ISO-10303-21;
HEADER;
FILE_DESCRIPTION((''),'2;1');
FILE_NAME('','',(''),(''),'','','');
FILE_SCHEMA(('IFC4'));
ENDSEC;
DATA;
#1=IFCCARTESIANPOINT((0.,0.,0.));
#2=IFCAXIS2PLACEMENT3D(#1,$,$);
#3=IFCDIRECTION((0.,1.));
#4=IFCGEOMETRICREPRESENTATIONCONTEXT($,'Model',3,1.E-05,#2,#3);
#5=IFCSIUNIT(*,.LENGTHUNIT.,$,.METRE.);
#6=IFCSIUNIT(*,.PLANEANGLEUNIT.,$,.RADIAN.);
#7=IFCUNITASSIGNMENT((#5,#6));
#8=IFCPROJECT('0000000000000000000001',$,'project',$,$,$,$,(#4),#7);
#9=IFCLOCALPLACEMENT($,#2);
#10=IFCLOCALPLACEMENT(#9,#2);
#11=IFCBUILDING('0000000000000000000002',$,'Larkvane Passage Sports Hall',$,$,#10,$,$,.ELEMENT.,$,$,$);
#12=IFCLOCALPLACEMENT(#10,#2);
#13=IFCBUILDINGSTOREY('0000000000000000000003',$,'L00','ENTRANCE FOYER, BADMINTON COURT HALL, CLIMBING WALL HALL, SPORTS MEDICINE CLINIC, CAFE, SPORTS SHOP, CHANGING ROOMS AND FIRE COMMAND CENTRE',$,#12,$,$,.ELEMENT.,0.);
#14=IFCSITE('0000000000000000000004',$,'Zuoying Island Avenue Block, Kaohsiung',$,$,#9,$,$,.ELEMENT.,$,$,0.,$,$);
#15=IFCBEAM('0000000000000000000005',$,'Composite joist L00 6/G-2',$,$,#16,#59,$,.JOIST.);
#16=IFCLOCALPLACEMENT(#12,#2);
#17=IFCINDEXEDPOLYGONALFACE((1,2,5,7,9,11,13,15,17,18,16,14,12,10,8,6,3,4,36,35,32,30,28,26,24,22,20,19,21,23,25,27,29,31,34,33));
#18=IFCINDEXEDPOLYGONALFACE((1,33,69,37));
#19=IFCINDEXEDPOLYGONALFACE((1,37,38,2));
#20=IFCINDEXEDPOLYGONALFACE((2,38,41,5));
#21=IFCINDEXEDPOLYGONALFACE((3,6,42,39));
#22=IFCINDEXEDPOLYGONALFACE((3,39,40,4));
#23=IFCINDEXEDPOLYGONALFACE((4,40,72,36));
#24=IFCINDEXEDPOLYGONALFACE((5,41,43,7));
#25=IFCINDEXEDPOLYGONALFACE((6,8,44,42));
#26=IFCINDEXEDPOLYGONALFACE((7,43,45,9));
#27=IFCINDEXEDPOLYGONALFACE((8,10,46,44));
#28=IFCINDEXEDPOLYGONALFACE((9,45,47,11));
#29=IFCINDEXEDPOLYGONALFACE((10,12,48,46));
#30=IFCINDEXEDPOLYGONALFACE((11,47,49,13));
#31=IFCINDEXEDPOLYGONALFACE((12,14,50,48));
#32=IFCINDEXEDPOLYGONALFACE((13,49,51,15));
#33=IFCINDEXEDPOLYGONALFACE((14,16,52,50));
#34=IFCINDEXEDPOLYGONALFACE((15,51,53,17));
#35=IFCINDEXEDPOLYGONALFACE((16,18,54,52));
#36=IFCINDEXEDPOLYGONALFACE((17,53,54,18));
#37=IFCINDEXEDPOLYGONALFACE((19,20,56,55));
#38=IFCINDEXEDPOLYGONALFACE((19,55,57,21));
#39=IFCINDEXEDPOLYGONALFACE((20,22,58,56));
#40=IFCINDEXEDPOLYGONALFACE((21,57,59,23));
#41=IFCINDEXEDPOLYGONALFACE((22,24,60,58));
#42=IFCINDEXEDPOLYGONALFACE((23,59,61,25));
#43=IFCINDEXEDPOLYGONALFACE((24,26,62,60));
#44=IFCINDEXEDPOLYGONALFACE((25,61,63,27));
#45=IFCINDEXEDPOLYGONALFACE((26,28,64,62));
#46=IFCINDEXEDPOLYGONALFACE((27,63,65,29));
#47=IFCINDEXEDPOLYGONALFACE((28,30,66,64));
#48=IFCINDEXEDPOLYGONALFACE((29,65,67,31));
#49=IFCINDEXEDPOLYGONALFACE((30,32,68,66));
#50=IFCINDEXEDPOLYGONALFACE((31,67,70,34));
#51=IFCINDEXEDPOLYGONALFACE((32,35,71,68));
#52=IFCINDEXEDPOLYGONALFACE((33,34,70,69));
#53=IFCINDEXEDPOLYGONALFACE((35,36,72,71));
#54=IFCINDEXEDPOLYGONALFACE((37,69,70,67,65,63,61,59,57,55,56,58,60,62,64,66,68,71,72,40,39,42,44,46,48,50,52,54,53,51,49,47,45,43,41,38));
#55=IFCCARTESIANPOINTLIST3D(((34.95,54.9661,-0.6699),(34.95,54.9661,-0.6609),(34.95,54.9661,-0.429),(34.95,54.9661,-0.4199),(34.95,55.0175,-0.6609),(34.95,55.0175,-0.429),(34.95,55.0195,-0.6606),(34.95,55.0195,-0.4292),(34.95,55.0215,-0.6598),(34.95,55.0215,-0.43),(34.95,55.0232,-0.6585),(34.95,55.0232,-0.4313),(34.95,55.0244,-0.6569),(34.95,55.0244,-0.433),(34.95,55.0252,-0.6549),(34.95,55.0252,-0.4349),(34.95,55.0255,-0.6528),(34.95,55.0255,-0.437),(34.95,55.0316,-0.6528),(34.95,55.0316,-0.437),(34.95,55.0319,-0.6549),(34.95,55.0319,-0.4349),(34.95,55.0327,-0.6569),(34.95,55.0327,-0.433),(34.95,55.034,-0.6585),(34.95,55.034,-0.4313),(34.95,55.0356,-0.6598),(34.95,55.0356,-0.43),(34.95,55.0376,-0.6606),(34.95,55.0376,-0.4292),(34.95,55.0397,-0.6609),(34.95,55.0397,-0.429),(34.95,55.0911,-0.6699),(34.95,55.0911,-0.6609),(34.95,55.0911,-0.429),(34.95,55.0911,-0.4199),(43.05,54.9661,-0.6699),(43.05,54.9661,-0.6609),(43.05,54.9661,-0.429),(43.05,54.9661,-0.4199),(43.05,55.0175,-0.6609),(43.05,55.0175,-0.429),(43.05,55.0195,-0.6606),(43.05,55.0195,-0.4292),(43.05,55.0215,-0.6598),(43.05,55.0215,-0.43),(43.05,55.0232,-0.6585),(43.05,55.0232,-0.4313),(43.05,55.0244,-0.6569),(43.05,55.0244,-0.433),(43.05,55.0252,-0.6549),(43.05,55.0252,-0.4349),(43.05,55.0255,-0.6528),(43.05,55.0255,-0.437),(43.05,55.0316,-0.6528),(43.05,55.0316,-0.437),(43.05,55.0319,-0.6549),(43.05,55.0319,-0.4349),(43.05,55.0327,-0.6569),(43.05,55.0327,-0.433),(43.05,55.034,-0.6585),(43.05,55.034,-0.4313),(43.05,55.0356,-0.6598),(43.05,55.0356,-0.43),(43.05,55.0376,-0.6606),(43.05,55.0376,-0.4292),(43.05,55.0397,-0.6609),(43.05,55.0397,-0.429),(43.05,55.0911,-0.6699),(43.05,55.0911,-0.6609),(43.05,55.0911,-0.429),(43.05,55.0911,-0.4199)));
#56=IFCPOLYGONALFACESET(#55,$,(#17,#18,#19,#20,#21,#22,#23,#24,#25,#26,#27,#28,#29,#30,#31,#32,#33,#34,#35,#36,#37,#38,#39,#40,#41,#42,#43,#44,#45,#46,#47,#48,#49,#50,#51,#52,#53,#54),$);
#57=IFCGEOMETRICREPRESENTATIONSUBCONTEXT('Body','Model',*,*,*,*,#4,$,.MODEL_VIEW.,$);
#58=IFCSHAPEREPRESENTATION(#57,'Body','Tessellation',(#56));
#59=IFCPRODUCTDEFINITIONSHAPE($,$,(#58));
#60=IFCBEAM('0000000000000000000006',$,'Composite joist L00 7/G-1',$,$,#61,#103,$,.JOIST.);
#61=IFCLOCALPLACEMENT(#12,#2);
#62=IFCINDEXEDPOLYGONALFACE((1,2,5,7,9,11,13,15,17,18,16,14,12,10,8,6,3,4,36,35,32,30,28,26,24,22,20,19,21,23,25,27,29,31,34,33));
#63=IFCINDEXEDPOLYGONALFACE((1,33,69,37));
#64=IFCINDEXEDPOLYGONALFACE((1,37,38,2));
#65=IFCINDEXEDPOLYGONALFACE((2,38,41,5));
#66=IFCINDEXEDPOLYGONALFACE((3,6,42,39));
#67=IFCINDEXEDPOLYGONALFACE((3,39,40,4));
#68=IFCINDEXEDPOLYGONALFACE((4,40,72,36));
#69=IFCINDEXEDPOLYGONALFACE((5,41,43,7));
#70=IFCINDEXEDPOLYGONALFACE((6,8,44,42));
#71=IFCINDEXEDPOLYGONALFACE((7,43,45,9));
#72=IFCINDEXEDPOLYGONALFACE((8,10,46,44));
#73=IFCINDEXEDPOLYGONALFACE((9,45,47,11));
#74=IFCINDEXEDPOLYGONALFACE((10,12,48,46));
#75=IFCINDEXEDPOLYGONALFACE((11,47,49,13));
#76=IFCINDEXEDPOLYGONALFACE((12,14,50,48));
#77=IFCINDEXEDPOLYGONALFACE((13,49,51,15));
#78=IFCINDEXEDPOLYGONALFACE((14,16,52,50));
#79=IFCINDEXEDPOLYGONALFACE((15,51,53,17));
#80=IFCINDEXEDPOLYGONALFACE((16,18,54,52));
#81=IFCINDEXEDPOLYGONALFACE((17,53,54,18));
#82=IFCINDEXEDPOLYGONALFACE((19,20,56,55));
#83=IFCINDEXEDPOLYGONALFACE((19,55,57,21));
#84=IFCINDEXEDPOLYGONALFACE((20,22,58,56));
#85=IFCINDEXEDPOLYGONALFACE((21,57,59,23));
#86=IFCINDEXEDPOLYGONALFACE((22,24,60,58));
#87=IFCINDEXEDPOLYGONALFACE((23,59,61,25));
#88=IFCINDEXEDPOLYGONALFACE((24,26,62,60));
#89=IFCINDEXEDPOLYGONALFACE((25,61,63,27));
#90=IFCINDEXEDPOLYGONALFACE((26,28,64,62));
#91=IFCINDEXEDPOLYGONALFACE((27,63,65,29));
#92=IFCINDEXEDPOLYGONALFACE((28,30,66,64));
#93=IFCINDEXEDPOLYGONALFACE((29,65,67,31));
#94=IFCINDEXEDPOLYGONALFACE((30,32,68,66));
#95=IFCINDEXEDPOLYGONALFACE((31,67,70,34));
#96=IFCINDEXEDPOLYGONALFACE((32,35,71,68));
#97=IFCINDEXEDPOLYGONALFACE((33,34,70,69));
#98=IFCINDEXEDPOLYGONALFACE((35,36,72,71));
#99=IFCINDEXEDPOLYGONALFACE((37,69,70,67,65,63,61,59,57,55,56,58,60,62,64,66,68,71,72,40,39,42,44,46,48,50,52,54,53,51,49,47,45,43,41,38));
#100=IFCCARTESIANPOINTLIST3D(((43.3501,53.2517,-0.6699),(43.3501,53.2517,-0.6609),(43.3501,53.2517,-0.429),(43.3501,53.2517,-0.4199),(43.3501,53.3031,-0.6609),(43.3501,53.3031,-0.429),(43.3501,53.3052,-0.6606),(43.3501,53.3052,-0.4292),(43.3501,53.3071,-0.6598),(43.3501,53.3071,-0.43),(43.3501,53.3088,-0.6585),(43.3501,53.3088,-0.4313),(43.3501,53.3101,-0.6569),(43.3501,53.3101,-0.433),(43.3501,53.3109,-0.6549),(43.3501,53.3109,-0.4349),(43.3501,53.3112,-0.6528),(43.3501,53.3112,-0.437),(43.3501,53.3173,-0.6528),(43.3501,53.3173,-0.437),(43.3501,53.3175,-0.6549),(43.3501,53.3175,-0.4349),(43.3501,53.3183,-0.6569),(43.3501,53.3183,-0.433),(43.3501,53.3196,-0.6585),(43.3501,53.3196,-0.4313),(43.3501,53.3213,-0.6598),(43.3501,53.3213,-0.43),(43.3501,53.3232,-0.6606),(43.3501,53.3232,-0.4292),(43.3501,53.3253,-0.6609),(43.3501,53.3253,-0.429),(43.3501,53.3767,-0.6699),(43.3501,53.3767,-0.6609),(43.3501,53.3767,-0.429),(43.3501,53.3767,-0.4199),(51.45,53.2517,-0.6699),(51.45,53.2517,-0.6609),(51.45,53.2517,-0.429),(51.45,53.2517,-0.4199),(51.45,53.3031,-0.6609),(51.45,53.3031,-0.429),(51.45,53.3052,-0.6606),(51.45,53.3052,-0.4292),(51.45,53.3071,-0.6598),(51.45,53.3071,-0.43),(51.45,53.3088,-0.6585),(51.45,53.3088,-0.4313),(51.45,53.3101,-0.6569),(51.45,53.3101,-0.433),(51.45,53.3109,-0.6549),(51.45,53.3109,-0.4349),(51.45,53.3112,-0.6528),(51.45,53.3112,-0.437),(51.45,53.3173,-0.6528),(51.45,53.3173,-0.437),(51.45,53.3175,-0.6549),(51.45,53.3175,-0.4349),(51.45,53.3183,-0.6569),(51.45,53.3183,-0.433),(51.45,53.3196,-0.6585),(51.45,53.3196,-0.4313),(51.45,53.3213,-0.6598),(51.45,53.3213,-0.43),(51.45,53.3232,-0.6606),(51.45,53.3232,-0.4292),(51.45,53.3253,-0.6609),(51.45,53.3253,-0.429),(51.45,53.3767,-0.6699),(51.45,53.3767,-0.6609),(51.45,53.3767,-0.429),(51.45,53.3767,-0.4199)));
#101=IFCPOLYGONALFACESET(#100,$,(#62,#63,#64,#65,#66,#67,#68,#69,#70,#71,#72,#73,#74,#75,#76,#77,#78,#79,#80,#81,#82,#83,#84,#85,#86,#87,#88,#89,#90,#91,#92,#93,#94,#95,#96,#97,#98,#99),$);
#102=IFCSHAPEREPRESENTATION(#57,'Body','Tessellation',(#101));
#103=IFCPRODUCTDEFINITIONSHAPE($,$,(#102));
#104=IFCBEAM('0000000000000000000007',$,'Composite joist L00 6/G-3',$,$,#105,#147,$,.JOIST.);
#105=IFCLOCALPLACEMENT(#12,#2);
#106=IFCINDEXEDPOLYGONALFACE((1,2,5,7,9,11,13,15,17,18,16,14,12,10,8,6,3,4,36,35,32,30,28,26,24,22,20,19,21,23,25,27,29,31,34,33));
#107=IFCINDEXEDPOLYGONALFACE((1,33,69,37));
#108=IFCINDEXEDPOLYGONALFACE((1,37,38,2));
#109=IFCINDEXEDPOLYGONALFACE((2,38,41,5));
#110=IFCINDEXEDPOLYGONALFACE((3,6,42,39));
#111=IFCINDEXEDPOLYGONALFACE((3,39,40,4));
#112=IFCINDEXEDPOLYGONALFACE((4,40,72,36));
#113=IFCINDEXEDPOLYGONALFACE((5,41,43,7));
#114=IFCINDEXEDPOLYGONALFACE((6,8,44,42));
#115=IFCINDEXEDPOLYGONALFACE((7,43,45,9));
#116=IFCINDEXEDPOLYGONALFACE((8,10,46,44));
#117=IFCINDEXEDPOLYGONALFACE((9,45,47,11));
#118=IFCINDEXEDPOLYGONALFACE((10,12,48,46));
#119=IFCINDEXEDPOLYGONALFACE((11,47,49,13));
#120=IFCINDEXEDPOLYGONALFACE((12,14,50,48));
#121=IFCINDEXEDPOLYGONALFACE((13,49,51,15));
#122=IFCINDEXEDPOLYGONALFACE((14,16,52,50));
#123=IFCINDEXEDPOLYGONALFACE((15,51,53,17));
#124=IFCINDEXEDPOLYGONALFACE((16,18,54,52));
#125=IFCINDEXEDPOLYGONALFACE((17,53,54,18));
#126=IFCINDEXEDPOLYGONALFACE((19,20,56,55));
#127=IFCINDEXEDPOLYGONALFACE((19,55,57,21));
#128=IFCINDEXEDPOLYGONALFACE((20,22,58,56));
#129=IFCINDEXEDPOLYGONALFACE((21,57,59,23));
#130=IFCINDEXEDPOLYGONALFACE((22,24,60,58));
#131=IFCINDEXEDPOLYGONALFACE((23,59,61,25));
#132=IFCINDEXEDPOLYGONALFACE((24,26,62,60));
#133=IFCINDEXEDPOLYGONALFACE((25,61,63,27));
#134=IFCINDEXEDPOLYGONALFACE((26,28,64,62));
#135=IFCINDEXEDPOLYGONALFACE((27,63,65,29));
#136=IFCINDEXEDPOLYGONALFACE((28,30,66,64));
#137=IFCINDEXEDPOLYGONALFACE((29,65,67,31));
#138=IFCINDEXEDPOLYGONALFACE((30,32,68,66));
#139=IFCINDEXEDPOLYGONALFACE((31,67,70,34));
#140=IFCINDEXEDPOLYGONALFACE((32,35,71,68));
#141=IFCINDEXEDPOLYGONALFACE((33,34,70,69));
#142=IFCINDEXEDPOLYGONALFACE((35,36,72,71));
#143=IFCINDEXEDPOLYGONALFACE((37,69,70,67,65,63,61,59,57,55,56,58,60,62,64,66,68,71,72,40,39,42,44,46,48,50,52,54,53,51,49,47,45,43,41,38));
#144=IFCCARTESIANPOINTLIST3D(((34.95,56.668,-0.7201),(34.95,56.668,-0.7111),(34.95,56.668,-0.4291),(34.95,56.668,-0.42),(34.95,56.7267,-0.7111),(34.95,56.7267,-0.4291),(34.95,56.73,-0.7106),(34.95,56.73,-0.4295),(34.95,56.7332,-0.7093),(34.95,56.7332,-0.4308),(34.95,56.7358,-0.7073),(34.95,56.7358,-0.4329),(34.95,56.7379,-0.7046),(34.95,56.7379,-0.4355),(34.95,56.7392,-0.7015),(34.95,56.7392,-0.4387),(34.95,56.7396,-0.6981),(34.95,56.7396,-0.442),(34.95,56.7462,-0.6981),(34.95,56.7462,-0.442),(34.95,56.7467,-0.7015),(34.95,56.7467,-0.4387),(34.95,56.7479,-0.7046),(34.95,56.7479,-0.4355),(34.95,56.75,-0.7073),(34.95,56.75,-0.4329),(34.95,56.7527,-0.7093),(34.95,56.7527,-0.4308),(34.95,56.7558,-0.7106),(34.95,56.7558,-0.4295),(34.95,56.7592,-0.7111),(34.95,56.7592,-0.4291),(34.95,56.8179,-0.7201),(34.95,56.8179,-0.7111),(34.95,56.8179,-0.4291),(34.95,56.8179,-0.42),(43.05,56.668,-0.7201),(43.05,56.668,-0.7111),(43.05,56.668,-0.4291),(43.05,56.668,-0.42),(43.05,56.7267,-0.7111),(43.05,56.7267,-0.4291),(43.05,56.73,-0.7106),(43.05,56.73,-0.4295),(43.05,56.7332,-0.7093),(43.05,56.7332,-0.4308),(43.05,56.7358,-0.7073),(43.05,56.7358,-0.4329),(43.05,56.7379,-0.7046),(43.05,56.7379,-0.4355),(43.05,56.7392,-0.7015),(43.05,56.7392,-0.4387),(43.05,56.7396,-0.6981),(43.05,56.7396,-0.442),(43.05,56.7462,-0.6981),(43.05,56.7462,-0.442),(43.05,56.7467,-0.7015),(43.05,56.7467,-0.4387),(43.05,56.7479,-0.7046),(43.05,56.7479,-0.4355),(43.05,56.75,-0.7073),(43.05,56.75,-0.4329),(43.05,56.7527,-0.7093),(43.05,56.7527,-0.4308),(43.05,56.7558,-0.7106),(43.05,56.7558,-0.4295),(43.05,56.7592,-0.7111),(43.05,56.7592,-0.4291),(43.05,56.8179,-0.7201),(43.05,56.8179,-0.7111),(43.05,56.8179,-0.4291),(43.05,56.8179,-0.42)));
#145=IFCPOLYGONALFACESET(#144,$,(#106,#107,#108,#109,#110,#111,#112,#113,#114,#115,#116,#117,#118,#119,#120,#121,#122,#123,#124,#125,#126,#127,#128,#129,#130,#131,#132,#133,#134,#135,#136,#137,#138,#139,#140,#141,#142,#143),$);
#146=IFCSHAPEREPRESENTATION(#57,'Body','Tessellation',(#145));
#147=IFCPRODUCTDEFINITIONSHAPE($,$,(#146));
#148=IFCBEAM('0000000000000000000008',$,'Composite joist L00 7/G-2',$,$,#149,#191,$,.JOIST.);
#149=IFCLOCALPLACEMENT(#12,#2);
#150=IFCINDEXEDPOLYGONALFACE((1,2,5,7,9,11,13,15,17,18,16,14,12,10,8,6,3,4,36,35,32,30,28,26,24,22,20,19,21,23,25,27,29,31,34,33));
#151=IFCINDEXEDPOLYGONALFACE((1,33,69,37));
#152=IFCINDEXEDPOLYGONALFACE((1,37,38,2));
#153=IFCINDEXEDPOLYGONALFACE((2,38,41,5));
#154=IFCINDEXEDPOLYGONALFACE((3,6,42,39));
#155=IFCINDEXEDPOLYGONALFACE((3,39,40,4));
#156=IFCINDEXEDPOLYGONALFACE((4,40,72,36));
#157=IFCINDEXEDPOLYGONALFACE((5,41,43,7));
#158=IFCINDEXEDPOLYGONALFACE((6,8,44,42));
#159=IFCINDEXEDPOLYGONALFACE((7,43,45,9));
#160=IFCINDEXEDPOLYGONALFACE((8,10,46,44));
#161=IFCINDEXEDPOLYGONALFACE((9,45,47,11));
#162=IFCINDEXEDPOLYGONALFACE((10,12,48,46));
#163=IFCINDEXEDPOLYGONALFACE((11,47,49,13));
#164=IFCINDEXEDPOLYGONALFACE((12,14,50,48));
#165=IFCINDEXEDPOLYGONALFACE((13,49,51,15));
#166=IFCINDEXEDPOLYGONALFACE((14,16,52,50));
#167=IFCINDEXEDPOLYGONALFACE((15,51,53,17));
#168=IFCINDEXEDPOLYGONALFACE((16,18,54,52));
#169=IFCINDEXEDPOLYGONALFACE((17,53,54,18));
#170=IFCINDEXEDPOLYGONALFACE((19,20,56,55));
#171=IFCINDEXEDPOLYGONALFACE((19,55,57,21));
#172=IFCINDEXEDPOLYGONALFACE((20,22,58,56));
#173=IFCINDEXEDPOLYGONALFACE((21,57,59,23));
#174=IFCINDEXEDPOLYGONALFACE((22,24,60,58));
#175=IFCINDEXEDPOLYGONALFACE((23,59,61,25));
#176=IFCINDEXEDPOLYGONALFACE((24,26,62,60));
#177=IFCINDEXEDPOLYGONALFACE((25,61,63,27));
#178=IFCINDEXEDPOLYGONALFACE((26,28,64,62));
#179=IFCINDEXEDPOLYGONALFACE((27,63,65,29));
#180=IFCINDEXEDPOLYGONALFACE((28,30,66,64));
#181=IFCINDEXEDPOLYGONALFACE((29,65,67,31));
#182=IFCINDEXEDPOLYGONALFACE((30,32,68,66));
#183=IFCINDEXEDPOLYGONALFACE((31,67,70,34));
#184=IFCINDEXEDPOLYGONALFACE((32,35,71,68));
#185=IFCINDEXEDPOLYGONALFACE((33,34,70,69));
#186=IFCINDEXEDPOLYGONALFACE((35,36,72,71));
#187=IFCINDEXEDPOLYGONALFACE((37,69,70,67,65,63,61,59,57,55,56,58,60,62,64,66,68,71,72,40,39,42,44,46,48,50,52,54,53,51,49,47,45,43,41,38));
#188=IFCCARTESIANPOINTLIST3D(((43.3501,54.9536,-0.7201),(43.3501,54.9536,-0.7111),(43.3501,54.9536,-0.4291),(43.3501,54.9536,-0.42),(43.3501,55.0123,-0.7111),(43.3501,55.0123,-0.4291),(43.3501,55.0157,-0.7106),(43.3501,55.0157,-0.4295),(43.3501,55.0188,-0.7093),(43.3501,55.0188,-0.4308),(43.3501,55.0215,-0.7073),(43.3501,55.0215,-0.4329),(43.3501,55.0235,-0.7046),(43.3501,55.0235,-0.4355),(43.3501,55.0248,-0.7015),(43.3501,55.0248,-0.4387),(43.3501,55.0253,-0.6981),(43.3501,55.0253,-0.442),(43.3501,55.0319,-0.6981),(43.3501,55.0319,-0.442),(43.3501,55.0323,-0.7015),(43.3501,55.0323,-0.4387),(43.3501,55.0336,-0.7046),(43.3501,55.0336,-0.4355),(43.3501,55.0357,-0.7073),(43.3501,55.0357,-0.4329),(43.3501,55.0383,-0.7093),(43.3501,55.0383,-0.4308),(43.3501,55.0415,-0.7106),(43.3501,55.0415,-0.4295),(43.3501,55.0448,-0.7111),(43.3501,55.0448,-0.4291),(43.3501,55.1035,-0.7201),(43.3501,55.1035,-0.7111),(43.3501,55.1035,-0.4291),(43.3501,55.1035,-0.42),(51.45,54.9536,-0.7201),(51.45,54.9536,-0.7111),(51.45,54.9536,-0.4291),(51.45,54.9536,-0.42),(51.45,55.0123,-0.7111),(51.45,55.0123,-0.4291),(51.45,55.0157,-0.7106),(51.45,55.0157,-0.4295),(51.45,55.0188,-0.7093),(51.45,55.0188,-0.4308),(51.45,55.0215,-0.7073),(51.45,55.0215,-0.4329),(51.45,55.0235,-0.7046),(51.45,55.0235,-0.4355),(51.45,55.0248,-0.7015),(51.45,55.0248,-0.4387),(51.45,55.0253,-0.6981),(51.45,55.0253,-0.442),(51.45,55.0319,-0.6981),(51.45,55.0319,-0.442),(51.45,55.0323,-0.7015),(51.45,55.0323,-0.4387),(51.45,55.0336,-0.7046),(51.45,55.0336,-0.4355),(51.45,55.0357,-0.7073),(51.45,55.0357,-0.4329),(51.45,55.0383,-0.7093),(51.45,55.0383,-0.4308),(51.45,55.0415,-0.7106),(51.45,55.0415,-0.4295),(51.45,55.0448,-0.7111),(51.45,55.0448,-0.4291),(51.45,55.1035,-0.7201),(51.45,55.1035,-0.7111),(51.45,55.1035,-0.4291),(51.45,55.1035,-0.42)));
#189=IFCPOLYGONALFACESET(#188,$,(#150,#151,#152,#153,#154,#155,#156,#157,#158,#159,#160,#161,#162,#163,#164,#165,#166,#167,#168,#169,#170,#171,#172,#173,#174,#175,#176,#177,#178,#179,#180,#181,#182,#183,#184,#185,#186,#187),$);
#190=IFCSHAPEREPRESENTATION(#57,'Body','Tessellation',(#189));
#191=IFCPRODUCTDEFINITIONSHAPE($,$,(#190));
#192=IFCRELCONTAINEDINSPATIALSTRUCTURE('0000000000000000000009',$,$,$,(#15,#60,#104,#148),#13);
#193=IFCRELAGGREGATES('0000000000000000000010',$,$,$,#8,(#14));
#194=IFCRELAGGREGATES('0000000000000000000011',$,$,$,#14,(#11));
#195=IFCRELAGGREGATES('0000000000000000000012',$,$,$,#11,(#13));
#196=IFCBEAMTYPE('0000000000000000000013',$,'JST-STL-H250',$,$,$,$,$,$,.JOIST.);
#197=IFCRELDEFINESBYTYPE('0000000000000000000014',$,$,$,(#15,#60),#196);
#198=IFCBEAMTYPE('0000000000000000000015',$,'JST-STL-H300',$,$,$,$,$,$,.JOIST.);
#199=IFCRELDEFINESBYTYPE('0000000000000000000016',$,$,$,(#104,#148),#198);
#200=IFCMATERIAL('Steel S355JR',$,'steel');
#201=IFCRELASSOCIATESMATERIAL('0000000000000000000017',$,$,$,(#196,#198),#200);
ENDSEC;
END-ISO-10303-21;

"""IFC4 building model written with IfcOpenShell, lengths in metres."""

from ifc_helpers import new_model, si_unit, direction, frame, origin, origin_2d, place, context, subcontext, project, spatial, i_section, extrude, material, material_profile, profile_set, type_object, element, save


model = new_model("IFC4")

# Units and contexts
model_context = context("Model", 3, precision=1e-05, world=origin(), true_north=direction((0.0, 1.0)))
body_context = subcontext(model_context, "Body", "Model", "MODEL_VIEW")
ifc_project = project(units=[si_unit("LENGTHUNIT", "METRE"), si_unit("PLANEANGLEUNIT", "RADIAN")], contexts=[model_context])

# Site, building, storey
site_placement = place(None, origin())
site = spatial("IfcSite", under=ifc_project, at=site_placement, Name="Zuoying Island Avenue Block, Kaohsiung", CompositionType="ELEMENT", RefElevation=0.0)
building_placement = place(site_placement, origin())
building = spatial("IfcBuilding", under=site, at=building_placement, Name="Larkvane Passage Sports Hall", CompositionType="ELEMENT")
storey_placement = place(building_placement, origin())
storey = spatial("IfcBuildingStorey", under=building, at=storey_placement, Name="L00", Description="ENTRANCE FOYER, BADMINTON COURT HALL, CLIMBING WALL HALL, SPORTS MEDICINE CLINIC, CAFE, SPORTS SHOP, CHANGING ROOMS AND FIRE COMMAND CENTRE", CompositionType="ELEMENT", Elevation=0.0)

# Beams
ifc_material_1 = material(Name="Steel S355JR", Category="steel")
ifc_material_profile_1 = material_profile(ifc_material_1, i_section(OverallWidth=0.125, OverallDepth=0.25, WebThickness=0.0061, FlangeThickness=0.009, FilletRadius=0.0081, at=origin_2d()), Name="H-250x125x6x9")
ifc_profile_set_1 = profile_set([ifc_material_profile_1], Name="Steel S355JR")
beam_type_1 = type_object("IfcBeamType", Name="JST-STL-H250", PredefinedType="JOIST", material=ifc_profile_set_1)
beam_1_placement = place(storey_placement, frame((34.95, 55.0286, -0.5449), z_axis=(1.0, 0.0, 0.0), x_axis=(0.0, 1.0, 0.0)))
element("IfcBeam", 1, at=beam_1_placement, inside=storey, type_object=beam_type_1, Name="Composite joist L00 6/G-2", PredefinedType="JOIST", context=body_context, shape_type="SweptSolid", body=[
    extrude(i_section(OverallWidth=0.125, OverallDepth=0.25, WebThickness=0.0061, FlangeThickness=0.009, FilletRadius=0.0081, at=origin_2d()), origin(), (0.0, 0.0, 1.0), 8.1001),
])
beam_2_placement = place(storey_placement, frame((43.3501, 53.3142, -0.5449), z_axis=(1.0, 0.0, 0.0), x_axis=(0.0, 1.0, 0.0)))
element("IfcBeam", 2, at=beam_2_placement, inside=storey, type_object=beam_type_1, Name="Composite joist L00 7/G-1", PredefinedType="JOIST", context=body_context, shape_type="SweptSolid", body=[
    extrude(i_section(OverallWidth=0.125, OverallDepth=0.25, WebThickness=0.0061, FlangeThickness=0.009, FilletRadius=0.0081, at=origin_2d()), origin(), (0.0, 0.0, 1.0), 8.0999),
])
ifc_material_profile_2 = material_profile(ifc_material_1, i_section(OverallWidth=0.1499, OverallDepth=0.3, WebThickness=0.0066, FlangeThickness=0.009, FilletRadius=0.0129, at=origin_2d()), Name="H-300x150x6.5x9")
ifc_profile_set_2 = profile_set([ifc_material_profile_2], Name="Steel S355JR")
beam_type_2 = type_object("IfcBeamType", Name="JST-STL-H300", PredefinedType="JOIST", material=ifc_profile_set_2)
beam_3_placement = place(storey_placement, frame((34.95, 56.7429, -0.5701), z_axis=(1.0, 0.0, 0.0), x_axis=(0.0, 1.0, 0.0)))
element("IfcBeam", 3, at=beam_3_placement, inside=storey, type_object=beam_type_2, Name="Composite joist L00 6/G-3", PredefinedType="JOIST", context=body_context, shape_type="SweptSolid", body=[
    extrude(i_section(OverallWidth=0.1499, OverallDepth=0.3, WebThickness=0.0066, FlangeThickness=0.009, FilletRadius=0.0129, at=origin_2d()), origin(), (0.0, 0.0, 1.0), 8.1001),
])
beam_4_placement = place(storey_placement, frame((43.3501, 55.0286, -0.5701), z_axis=(1.0, 0.0, 0.0), x_axis=(0.0, 1.0, 0.0)))
element("IfcBeam", 4, at=beam_4_placement, inside=storey, type_object=beam_type_2, Name="Composite joist L00 7/G-2", PredefinedType="JOIST", context=body_context, shape_type="SweptSolid", body=[
    extrude(i_section(OverallWidth=0.1499, OverallDepth=0.3, WebThickness=0.0066, FlangeThickness=0.009, FilletRadius=0.0129, at=origin_2d()), origin(), (0.0, 0.0, 1.0), 8.0999),
])

save(model, "model.ifc")
